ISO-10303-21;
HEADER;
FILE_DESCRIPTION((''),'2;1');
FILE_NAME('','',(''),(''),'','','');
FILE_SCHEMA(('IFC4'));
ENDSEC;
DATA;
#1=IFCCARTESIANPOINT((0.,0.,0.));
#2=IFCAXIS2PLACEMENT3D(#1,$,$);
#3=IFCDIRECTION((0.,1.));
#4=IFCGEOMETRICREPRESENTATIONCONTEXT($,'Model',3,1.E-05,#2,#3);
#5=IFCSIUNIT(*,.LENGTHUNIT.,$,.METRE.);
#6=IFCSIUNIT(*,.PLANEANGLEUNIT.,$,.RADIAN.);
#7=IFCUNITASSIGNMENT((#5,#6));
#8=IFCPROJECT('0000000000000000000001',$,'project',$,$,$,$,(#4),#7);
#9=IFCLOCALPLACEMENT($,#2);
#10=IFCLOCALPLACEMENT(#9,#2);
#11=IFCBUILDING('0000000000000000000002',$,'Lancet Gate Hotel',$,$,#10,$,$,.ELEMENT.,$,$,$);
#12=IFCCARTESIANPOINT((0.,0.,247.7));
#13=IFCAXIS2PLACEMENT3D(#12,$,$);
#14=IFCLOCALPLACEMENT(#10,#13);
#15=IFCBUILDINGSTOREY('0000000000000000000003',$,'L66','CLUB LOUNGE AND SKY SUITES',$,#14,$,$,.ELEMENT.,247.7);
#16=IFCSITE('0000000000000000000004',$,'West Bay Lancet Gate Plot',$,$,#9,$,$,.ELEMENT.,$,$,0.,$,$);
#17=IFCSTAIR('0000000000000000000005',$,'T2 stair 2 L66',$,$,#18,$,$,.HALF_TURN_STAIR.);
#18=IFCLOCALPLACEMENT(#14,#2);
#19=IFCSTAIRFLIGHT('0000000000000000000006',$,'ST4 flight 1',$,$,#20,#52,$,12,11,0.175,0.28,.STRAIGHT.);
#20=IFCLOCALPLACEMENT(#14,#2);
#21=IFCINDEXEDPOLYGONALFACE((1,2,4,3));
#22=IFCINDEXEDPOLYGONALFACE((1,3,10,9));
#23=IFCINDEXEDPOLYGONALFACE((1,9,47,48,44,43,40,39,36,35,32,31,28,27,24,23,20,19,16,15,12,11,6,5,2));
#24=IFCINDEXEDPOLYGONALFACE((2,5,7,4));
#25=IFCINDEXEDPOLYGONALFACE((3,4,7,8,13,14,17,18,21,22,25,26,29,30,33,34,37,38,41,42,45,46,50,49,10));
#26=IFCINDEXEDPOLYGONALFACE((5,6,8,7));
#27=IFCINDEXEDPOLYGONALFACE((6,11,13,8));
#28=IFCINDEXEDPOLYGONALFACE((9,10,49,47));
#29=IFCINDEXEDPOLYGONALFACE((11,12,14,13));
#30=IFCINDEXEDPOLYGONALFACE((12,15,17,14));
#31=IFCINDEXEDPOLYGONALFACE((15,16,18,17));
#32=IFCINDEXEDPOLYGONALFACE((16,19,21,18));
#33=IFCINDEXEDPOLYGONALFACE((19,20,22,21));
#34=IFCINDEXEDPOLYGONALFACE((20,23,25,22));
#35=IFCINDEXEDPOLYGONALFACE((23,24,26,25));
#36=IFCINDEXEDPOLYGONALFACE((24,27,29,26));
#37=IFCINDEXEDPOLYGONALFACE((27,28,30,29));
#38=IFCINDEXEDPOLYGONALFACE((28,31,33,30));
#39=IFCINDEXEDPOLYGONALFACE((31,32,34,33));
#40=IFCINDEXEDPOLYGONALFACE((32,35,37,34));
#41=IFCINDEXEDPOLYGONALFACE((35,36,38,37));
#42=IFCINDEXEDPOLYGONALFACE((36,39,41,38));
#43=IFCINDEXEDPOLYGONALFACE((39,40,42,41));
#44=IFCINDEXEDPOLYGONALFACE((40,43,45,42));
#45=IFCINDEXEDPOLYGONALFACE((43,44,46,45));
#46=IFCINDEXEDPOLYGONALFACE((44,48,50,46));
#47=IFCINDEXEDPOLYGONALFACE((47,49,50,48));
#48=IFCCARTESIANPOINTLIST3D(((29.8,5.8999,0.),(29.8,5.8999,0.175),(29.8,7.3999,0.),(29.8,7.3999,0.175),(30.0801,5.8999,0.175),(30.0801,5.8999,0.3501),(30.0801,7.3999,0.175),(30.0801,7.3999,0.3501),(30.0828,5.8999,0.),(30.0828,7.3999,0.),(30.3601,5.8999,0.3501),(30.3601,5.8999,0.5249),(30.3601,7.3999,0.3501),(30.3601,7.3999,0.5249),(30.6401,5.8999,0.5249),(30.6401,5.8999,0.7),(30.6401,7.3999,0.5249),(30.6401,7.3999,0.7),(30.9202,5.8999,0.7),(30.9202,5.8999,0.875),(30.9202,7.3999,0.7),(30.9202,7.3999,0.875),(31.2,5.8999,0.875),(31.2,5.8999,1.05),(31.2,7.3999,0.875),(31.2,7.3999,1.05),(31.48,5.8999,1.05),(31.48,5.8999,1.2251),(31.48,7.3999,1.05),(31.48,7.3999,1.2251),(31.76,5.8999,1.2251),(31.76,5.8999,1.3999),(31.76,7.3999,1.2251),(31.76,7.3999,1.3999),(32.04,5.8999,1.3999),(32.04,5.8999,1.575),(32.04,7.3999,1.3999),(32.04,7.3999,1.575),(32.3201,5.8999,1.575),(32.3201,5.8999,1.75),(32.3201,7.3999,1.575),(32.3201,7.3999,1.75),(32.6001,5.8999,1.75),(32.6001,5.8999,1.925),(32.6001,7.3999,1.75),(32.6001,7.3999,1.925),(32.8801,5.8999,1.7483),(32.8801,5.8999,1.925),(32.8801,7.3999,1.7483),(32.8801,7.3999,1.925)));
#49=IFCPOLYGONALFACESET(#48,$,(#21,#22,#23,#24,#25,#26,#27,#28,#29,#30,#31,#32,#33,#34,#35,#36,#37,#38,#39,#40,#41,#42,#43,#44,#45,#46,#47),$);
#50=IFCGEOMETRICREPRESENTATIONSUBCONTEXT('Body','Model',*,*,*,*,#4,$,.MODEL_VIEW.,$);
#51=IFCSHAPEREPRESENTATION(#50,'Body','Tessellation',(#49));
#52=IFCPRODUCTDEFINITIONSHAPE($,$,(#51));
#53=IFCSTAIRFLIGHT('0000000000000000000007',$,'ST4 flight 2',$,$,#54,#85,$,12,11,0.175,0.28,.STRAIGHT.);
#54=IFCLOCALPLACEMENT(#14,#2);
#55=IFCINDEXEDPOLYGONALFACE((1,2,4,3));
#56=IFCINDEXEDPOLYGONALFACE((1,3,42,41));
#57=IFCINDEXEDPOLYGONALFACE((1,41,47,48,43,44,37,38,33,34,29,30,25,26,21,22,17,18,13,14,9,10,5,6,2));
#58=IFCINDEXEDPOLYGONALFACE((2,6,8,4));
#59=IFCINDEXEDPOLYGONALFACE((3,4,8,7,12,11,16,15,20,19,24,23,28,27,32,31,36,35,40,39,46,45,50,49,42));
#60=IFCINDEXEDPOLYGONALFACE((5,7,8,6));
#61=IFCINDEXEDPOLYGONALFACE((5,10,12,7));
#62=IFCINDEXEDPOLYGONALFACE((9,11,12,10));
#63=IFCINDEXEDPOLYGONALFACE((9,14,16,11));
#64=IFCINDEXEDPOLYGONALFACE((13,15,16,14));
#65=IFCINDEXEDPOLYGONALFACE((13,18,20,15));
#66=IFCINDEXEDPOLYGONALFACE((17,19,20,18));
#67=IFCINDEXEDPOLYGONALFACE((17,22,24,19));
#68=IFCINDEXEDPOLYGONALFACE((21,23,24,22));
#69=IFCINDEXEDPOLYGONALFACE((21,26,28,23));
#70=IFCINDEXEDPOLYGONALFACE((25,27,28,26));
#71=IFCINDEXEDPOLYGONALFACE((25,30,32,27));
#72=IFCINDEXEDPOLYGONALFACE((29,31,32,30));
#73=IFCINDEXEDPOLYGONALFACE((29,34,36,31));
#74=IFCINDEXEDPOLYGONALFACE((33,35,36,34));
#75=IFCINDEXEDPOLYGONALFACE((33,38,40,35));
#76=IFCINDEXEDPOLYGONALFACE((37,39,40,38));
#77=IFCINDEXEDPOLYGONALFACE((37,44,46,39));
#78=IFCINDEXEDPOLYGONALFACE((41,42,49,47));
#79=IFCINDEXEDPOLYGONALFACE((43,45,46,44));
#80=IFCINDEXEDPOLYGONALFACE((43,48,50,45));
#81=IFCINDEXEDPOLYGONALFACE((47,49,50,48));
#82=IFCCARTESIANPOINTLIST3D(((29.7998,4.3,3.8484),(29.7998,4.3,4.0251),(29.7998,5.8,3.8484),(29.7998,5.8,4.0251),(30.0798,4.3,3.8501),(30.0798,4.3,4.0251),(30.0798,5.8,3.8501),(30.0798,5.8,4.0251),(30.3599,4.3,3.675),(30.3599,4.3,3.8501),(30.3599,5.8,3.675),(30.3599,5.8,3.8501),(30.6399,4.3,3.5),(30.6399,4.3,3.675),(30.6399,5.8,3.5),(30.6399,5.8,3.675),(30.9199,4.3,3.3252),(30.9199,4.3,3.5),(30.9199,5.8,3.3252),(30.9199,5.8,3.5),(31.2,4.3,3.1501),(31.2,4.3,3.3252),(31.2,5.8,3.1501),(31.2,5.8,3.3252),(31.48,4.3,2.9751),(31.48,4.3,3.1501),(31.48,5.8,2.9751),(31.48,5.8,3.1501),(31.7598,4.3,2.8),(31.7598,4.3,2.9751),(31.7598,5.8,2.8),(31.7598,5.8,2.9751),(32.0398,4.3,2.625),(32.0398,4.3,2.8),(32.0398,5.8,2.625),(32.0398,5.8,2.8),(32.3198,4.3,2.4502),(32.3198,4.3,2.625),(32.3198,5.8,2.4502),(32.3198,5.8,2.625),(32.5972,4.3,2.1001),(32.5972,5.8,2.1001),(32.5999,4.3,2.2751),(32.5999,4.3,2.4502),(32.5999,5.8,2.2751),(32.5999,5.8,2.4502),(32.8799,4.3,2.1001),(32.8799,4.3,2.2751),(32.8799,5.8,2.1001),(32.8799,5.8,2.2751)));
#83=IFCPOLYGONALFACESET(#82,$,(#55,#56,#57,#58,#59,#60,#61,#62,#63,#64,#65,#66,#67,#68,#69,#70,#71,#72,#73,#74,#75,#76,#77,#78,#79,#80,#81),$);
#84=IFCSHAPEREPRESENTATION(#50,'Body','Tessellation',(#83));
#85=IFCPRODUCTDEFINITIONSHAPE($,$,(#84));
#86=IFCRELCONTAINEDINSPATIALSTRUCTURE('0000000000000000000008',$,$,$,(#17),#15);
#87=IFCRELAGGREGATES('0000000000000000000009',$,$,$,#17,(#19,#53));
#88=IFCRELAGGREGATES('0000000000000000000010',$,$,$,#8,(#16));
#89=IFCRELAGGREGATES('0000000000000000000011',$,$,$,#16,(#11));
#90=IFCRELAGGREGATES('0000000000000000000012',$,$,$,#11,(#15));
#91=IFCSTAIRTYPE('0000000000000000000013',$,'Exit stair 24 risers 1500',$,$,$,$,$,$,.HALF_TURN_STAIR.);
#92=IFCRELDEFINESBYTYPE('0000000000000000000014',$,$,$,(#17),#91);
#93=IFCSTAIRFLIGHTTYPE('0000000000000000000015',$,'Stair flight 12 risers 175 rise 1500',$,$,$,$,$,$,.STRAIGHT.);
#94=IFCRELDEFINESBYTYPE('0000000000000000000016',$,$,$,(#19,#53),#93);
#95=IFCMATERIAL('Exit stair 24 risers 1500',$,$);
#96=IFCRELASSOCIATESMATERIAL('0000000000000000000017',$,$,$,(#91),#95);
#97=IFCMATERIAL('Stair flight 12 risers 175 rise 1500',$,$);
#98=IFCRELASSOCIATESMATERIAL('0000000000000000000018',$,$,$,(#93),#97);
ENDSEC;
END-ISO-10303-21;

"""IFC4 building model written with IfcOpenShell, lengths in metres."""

from ifc_helpers import new_model, si_unit, direction, frame, origin, place, context, subcontext, project, spatial, polyline, outline, extrude, material, type_object, element, aggregate, save


model = new_model("IFC4")

# Units and contexts
model_context = context("Model", 3, precision=1e-05, world=origin(), true_north=direction((0.0, 1.0)))
body_context = subcontext(model_context, "Body", "Model", "MODEL_VIEW")
ifc_project = project(units=[si_unit("LENGTHUNIT", "METRE"), si_unit("PLANEANGLEUNIT", "RADIAN")], contexts=[model_context])

# Site, building, storey
site_placement = place(None, origin())
site = spatial("IfcSite", under=ifc_project, at=site_placement, Name="West Bay Lancet Gate Plot", CompositionType="ELEMENT", RefElevation=0.0)
building_placement = place(site_placement, origin())
building = spatial("IfcBuilding", under=site, at=building_placement, Name="Lancet Gate Hotel", CompositionType="ELEMENT")
storey_placement = place(building_placement, frame((0.0, 0.0, 247.7)))
storey = spatial("IfcBuildingStorey", under=building, at=storey_placement, Name="L66", Description="CLUB LOUNGE AND SKY SUITES", CompositionType="ELEMENT", Elevation=247.7)

# Stair, stair flights
ifc_material_1 = material(Name="Exit stair 24 risers 1500")
stair_type = type_object("IfcStairType", Name="Exit stair 24 risers 1500", PredefinedType="HALF_TURN_STAIR", material=ifc_material_1)
stair_placement = place(storey_placement, origin())
stair = element("IfcStair", 1, at=stair_placement, inside=storey, type_object=stair_type, Name="T2 stair 2 L66", PredefinedType="HALF_TURN_STAIR")
ifc_material_2 = material(Name="Stair flight 12 risers 175 rise 1500")
stair_flight_type = type_object("IfcStairFlightType", Name="Stair flight 12 risers 175 rise 1500", PredefinedType="STRAIGHT", material=ifc_material_2)
stair_flight_1_placement = place(storey_placement, frame((29.8, 6.6499, 0.0), z_axis=(0.0, 0.0, 1.0), x_axis=(1.0, 0.0, 0.0)))
stair_flight_1 = element("IfcStairFlight", 2, at=stair_flight_1_placement, type_object=stair_flight_type, Name="ST4 flight 1", NumberOfRisers=12, NumberOfTreads=11, PredefinedType="STRAIGHT", RiserHeight=0.175, TreadLength=0.28, context=body_context, shape_type="SweptSolid", body=[
    extrude(outline(polyline([(0.0, 0.0), (0.0, 0.175), (0.28, 0.175), (0.28, 0.3501), (0.5601, 0.3501), (0.5601, 0.5249), (0.8401, 0.5249), (0.8401, 0.7), (1.1201, 0.7), (1.1201, 0.875), (1.3999, 0.875), (1.3999, 1.05), (1.6799, 1.05), (1.6799, 1.2251), (1.96, 1.2251), (1.96, 1.3999), (2.24, 1.3999), (2.24, 1.575), (2.52, 1.575), (2.52, 1.75), (2.8, 1.75), (2.8, 1.925), (3.0801, 1.925), (3.0801, 2.1001), (3.0801, 1.7483), (0.2827, 0.0), (0.0, 0.0)])), frame((0.0, 0.75, 0.0), z_axis=(0.0, -1.0, 0.0), x_axis=(1.0, 0.0, 0.0)), (0.0, 0.0, 1.0), 1.5),
])
stair_flight_2_placement = place(storey_placement, frame((32.8799, 5.05, 2.1001), z_axis=(0.0, 0.0, 1.0), x_axis=(-1.0, 0.0, 0.0)))
stair_flight_2 = element("IfcStairFlight", 3, at=stair_flight_2_placement, type_object=stair_flight_type, Name="ST4 flight 2", NumberOfRisers=12, NumberOfTreads=11, PredefinedType="STRAIGHT", RiserHeight=0.175, TreadLength=0.28, context=body_context, shape_type="SweptSolid", body=[
    extrude(outline(polyline([(0.0, 0.0), (0.0, 0.175), (0.28, 0.175), (0.28, 0.3501), (0.5601, 0.3501), (0.5601, 0.5249), (0.8401, 0.5249), (0.8401, 0.7), (1.1201, 0.7), (1.1201, 0.875), (1.3999, 0.875), (1.3999, 1.05), (1.6799, 1.05), (1.6799, 1.2251), (1.96, 1.2251), (1.96, 1.3999), (2.24, 1.3999), (2.24, 1.575), (2.52, 1.575), (2.52, 1.75), (2.8, 1.75), (2.8, 1.925), (3.0801, 1.925), (3.0801, 2.1001), (3.0801, 1.7483), (0.2827, 0.0), (0.0, 0.0)])), frame((0.0, 0.75, 0.0), z_axis=(0.0, -1.0, 0.0), x_axis=(1.0, 0.0, 0.0)), (0.0, 0.0, 1.0), 1.5),
])
aggregate(stair, [stair_flight_1, stair_flight_2])

save(model, "model.ifc")
